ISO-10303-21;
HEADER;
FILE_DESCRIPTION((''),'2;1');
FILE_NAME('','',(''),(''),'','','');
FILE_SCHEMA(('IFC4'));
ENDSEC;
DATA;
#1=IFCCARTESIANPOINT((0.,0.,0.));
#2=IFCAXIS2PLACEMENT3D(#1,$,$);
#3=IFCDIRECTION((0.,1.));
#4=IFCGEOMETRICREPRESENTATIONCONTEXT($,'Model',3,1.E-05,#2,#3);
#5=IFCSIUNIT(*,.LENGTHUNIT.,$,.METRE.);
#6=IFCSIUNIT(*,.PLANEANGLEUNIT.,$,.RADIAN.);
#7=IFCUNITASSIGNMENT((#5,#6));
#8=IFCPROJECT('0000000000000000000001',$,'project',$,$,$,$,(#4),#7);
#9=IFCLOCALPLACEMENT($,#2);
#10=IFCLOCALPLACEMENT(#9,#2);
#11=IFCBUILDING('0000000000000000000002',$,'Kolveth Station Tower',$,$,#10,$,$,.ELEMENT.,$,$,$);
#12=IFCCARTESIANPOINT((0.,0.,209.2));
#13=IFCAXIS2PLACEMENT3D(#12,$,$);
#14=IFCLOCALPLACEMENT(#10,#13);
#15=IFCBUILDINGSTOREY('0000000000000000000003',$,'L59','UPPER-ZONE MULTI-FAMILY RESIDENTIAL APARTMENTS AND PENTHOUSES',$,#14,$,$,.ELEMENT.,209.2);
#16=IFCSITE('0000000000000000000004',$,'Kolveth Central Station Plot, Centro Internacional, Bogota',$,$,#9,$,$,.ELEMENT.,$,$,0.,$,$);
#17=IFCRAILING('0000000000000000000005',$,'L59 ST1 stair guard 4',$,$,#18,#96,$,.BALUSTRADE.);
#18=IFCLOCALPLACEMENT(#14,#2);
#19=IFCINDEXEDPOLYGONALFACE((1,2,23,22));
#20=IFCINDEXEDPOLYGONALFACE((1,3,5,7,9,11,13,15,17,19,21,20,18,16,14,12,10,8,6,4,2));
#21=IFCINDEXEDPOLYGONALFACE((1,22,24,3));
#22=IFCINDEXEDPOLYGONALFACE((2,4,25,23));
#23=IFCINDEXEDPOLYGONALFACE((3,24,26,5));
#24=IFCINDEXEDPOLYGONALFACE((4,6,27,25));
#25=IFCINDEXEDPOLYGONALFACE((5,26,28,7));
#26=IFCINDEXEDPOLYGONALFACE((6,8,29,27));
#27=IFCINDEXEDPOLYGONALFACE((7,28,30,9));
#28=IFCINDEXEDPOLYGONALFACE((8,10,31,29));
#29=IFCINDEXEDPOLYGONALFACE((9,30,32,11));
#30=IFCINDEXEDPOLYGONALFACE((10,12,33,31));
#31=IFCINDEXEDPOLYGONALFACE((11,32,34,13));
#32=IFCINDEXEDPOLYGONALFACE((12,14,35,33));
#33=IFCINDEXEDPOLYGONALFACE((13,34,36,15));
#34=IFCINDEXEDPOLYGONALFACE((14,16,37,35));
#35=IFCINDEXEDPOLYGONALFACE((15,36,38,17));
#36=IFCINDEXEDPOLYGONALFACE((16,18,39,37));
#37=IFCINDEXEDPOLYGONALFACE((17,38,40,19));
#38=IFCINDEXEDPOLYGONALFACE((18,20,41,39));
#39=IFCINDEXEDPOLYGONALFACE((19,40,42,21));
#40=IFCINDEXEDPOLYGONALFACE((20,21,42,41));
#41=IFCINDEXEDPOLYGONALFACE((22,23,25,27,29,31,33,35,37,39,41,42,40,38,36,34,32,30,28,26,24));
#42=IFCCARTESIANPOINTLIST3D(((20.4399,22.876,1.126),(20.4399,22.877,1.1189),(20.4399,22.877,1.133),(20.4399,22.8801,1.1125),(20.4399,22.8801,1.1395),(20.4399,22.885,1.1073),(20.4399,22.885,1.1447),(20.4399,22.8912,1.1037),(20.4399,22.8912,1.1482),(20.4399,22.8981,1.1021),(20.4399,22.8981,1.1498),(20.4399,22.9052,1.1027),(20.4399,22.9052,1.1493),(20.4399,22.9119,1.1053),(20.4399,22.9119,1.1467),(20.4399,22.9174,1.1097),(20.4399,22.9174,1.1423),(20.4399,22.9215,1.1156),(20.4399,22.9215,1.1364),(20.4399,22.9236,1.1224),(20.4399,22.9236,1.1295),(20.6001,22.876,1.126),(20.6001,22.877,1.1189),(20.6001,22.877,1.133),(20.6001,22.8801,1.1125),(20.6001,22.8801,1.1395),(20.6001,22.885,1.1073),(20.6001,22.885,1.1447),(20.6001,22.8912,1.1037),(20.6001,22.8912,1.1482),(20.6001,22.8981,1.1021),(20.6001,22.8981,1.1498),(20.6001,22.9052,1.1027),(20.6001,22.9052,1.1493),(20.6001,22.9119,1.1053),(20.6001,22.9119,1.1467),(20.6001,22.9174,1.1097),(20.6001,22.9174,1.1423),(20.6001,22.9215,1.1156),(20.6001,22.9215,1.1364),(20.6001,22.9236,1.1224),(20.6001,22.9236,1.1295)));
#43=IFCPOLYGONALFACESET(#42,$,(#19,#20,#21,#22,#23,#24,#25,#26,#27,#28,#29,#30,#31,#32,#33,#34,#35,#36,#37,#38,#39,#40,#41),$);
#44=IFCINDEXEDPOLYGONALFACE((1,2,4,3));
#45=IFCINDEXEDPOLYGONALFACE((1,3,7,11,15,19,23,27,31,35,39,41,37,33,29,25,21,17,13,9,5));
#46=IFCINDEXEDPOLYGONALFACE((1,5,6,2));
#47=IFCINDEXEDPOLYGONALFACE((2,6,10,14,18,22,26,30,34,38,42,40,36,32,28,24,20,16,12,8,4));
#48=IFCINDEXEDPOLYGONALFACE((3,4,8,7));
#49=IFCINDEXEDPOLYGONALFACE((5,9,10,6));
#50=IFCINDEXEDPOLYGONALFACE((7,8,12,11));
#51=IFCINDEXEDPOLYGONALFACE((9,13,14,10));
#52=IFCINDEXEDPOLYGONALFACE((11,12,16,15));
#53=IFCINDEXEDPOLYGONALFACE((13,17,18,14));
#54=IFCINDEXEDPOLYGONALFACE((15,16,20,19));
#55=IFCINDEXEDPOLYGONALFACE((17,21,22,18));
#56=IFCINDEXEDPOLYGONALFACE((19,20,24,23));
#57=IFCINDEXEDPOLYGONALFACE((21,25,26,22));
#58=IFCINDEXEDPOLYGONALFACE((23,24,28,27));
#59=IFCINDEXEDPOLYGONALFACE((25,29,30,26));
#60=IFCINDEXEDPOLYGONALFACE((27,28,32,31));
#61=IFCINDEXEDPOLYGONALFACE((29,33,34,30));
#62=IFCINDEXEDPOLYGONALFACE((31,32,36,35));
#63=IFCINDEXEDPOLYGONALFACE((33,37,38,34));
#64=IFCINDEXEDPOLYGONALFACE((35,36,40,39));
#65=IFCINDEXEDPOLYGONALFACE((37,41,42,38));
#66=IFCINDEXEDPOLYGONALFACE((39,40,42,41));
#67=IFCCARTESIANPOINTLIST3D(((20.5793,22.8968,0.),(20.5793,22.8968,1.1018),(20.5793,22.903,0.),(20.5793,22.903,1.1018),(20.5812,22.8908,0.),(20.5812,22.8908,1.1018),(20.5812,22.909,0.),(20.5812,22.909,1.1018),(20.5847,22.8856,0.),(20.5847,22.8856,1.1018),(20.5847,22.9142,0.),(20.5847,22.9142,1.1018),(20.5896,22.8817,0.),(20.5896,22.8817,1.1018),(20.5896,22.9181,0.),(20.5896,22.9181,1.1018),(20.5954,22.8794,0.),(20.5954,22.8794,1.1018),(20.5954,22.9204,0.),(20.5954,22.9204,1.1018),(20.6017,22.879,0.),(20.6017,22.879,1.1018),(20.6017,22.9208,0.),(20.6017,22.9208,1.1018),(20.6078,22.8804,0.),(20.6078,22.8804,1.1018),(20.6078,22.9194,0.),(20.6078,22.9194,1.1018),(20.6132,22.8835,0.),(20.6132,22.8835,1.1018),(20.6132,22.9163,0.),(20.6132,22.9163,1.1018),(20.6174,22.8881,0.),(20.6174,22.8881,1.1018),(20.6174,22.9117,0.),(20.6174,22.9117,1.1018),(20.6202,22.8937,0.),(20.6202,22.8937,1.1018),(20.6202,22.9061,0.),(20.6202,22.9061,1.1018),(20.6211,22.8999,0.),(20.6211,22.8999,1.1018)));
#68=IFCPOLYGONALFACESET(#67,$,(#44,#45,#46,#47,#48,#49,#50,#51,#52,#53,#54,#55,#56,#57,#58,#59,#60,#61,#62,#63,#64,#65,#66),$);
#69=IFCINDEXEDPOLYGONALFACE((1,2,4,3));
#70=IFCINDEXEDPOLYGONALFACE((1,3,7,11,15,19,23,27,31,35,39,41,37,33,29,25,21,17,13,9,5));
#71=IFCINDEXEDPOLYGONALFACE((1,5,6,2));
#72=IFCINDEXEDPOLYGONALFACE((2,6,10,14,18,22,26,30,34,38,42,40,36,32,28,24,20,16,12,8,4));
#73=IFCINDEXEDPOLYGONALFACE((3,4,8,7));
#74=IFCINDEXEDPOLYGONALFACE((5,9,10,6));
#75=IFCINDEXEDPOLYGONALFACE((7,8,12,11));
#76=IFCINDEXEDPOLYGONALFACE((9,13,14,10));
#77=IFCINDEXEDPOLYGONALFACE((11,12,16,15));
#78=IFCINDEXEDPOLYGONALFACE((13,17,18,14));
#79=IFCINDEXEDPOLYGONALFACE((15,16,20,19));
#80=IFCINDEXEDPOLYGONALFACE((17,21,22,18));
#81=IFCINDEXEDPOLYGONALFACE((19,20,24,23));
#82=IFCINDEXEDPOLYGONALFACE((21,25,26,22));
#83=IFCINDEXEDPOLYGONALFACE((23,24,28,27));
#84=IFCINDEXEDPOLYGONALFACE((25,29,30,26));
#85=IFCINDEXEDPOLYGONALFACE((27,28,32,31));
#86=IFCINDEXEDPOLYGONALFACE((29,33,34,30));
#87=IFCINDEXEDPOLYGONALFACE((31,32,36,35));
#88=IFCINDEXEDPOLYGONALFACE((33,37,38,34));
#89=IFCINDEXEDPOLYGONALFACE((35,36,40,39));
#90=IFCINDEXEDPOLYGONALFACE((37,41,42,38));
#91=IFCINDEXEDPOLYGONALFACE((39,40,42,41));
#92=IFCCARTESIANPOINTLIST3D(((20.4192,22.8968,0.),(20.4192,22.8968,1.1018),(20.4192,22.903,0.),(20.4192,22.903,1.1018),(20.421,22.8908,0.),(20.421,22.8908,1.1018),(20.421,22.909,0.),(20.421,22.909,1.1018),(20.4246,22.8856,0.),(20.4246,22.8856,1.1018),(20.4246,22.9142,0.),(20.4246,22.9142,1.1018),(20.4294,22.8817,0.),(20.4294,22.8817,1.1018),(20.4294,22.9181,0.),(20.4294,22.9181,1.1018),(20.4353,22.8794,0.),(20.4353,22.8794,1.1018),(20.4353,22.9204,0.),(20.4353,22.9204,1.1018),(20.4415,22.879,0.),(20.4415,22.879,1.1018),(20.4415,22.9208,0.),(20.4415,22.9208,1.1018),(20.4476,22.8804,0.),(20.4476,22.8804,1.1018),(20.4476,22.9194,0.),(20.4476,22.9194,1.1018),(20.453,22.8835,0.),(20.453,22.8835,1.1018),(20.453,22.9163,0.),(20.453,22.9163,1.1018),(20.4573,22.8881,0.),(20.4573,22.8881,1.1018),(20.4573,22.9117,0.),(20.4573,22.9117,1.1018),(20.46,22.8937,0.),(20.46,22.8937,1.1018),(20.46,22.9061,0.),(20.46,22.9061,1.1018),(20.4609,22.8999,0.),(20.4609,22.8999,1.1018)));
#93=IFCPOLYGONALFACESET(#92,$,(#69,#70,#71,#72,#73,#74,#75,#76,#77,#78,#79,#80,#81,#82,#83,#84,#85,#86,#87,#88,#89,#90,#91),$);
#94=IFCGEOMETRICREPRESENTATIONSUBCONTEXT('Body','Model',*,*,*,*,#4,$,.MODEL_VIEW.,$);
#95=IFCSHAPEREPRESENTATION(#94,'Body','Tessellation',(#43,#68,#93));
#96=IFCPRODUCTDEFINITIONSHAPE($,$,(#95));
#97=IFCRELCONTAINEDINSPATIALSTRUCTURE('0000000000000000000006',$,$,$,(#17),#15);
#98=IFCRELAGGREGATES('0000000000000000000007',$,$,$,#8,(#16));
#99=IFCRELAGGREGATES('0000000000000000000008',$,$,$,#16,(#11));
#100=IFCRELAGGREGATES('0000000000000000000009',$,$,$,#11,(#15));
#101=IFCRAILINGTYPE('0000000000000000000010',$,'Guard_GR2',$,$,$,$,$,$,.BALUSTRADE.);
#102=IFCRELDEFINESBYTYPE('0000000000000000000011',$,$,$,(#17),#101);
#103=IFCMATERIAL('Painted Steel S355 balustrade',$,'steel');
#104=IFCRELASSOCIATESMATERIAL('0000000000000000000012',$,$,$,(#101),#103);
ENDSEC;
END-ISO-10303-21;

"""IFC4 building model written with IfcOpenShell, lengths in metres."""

from ifc_helpers import new_model, si_unit, direction, frame, origin, origin_2d, place, context, subcontext, project, spatial, circle, extrude, material, type_object, element, save


model = new_model("IFC4")

# Units and contexts
model_context = context("Model", 3, precision=1e-05, world=origin(), true_north=direction((0.0, 1.0)))
body_context = subcontext(model_context, "Body", "Model", "MODEL_VIEW")
ifc_project = project(units=[si_unit("LENGTHUNIT", "METRE"), si_unit("PLANEANGLEUNIT", "RADIAN")], contexts=[model_context])

# Site, building, storey
site_placement = place(None, origin())
site = spatial("IfcSite", under=ifc_project, at=site_placement, Name="Kolveth Central Station Plot, Centro Internacional, Bogota", CompositionType="ELEMENT", RefElevation=0.0)
building_placement = place(site_placement, origin())
building = spatial("IfcBuilding", under=site, at=building_placement, Name="Kolveth Station Tower", CompositionType="ELEMENT")
storey_placement = place(building_placement, frame((0.0, 0.0, 209.2)))
storey = spatial("IfcBuildingStorey", under=building, at=storey_placement, Name="L59", Description="UPPER-ZONE MULTI-FAMILY RESIDENTIAL APARTMENTS AND PENTHOUSES", CompositionType="ELEMENT", Elevation=209.2)

# Railing
ifc_material_1 = material(Name="Painted Steel S355 balustrade", Category="steel")
railing_type_1 = type_object("IfcRailingType", Name="Guard_GR2", PredefinedType="BALUSTRADE", material=ifc_material_1)
railing_1_placement = place(storey_placement, frame((20.6001, 22.8999, 0.0)))
element("IfcRailing", 1, at=railing_1_placement, inside=storey, type_object=railing_type_1, Name="L59 ST1 stair guard 4", PredefinedType="BALUSTRADE", context=body_context, shape_type="SweptSolid", body=[
    extrude(circle(Radius=0.0239, at=origin_2d()), frame((0.0, 0.0, 1.126), z_axis=(-1.0, 0.0, 0.0), x_axis=(0.0, -1.0, 0.0)), (0.0, 0.0, 1.0), 0.1602),
    extrude(circle(Radius=0.021, at=origin_2d()), origin(), (0.0, 0.0, 1.0), 1.1018),
    extrude(circle(Radius=0.021, at=origin_2d()), frame((-0.1602, 0.0, 0.0)), (0.0, 0.0, 1.0), 1.1018),
])

save(model, "model.ifc")
